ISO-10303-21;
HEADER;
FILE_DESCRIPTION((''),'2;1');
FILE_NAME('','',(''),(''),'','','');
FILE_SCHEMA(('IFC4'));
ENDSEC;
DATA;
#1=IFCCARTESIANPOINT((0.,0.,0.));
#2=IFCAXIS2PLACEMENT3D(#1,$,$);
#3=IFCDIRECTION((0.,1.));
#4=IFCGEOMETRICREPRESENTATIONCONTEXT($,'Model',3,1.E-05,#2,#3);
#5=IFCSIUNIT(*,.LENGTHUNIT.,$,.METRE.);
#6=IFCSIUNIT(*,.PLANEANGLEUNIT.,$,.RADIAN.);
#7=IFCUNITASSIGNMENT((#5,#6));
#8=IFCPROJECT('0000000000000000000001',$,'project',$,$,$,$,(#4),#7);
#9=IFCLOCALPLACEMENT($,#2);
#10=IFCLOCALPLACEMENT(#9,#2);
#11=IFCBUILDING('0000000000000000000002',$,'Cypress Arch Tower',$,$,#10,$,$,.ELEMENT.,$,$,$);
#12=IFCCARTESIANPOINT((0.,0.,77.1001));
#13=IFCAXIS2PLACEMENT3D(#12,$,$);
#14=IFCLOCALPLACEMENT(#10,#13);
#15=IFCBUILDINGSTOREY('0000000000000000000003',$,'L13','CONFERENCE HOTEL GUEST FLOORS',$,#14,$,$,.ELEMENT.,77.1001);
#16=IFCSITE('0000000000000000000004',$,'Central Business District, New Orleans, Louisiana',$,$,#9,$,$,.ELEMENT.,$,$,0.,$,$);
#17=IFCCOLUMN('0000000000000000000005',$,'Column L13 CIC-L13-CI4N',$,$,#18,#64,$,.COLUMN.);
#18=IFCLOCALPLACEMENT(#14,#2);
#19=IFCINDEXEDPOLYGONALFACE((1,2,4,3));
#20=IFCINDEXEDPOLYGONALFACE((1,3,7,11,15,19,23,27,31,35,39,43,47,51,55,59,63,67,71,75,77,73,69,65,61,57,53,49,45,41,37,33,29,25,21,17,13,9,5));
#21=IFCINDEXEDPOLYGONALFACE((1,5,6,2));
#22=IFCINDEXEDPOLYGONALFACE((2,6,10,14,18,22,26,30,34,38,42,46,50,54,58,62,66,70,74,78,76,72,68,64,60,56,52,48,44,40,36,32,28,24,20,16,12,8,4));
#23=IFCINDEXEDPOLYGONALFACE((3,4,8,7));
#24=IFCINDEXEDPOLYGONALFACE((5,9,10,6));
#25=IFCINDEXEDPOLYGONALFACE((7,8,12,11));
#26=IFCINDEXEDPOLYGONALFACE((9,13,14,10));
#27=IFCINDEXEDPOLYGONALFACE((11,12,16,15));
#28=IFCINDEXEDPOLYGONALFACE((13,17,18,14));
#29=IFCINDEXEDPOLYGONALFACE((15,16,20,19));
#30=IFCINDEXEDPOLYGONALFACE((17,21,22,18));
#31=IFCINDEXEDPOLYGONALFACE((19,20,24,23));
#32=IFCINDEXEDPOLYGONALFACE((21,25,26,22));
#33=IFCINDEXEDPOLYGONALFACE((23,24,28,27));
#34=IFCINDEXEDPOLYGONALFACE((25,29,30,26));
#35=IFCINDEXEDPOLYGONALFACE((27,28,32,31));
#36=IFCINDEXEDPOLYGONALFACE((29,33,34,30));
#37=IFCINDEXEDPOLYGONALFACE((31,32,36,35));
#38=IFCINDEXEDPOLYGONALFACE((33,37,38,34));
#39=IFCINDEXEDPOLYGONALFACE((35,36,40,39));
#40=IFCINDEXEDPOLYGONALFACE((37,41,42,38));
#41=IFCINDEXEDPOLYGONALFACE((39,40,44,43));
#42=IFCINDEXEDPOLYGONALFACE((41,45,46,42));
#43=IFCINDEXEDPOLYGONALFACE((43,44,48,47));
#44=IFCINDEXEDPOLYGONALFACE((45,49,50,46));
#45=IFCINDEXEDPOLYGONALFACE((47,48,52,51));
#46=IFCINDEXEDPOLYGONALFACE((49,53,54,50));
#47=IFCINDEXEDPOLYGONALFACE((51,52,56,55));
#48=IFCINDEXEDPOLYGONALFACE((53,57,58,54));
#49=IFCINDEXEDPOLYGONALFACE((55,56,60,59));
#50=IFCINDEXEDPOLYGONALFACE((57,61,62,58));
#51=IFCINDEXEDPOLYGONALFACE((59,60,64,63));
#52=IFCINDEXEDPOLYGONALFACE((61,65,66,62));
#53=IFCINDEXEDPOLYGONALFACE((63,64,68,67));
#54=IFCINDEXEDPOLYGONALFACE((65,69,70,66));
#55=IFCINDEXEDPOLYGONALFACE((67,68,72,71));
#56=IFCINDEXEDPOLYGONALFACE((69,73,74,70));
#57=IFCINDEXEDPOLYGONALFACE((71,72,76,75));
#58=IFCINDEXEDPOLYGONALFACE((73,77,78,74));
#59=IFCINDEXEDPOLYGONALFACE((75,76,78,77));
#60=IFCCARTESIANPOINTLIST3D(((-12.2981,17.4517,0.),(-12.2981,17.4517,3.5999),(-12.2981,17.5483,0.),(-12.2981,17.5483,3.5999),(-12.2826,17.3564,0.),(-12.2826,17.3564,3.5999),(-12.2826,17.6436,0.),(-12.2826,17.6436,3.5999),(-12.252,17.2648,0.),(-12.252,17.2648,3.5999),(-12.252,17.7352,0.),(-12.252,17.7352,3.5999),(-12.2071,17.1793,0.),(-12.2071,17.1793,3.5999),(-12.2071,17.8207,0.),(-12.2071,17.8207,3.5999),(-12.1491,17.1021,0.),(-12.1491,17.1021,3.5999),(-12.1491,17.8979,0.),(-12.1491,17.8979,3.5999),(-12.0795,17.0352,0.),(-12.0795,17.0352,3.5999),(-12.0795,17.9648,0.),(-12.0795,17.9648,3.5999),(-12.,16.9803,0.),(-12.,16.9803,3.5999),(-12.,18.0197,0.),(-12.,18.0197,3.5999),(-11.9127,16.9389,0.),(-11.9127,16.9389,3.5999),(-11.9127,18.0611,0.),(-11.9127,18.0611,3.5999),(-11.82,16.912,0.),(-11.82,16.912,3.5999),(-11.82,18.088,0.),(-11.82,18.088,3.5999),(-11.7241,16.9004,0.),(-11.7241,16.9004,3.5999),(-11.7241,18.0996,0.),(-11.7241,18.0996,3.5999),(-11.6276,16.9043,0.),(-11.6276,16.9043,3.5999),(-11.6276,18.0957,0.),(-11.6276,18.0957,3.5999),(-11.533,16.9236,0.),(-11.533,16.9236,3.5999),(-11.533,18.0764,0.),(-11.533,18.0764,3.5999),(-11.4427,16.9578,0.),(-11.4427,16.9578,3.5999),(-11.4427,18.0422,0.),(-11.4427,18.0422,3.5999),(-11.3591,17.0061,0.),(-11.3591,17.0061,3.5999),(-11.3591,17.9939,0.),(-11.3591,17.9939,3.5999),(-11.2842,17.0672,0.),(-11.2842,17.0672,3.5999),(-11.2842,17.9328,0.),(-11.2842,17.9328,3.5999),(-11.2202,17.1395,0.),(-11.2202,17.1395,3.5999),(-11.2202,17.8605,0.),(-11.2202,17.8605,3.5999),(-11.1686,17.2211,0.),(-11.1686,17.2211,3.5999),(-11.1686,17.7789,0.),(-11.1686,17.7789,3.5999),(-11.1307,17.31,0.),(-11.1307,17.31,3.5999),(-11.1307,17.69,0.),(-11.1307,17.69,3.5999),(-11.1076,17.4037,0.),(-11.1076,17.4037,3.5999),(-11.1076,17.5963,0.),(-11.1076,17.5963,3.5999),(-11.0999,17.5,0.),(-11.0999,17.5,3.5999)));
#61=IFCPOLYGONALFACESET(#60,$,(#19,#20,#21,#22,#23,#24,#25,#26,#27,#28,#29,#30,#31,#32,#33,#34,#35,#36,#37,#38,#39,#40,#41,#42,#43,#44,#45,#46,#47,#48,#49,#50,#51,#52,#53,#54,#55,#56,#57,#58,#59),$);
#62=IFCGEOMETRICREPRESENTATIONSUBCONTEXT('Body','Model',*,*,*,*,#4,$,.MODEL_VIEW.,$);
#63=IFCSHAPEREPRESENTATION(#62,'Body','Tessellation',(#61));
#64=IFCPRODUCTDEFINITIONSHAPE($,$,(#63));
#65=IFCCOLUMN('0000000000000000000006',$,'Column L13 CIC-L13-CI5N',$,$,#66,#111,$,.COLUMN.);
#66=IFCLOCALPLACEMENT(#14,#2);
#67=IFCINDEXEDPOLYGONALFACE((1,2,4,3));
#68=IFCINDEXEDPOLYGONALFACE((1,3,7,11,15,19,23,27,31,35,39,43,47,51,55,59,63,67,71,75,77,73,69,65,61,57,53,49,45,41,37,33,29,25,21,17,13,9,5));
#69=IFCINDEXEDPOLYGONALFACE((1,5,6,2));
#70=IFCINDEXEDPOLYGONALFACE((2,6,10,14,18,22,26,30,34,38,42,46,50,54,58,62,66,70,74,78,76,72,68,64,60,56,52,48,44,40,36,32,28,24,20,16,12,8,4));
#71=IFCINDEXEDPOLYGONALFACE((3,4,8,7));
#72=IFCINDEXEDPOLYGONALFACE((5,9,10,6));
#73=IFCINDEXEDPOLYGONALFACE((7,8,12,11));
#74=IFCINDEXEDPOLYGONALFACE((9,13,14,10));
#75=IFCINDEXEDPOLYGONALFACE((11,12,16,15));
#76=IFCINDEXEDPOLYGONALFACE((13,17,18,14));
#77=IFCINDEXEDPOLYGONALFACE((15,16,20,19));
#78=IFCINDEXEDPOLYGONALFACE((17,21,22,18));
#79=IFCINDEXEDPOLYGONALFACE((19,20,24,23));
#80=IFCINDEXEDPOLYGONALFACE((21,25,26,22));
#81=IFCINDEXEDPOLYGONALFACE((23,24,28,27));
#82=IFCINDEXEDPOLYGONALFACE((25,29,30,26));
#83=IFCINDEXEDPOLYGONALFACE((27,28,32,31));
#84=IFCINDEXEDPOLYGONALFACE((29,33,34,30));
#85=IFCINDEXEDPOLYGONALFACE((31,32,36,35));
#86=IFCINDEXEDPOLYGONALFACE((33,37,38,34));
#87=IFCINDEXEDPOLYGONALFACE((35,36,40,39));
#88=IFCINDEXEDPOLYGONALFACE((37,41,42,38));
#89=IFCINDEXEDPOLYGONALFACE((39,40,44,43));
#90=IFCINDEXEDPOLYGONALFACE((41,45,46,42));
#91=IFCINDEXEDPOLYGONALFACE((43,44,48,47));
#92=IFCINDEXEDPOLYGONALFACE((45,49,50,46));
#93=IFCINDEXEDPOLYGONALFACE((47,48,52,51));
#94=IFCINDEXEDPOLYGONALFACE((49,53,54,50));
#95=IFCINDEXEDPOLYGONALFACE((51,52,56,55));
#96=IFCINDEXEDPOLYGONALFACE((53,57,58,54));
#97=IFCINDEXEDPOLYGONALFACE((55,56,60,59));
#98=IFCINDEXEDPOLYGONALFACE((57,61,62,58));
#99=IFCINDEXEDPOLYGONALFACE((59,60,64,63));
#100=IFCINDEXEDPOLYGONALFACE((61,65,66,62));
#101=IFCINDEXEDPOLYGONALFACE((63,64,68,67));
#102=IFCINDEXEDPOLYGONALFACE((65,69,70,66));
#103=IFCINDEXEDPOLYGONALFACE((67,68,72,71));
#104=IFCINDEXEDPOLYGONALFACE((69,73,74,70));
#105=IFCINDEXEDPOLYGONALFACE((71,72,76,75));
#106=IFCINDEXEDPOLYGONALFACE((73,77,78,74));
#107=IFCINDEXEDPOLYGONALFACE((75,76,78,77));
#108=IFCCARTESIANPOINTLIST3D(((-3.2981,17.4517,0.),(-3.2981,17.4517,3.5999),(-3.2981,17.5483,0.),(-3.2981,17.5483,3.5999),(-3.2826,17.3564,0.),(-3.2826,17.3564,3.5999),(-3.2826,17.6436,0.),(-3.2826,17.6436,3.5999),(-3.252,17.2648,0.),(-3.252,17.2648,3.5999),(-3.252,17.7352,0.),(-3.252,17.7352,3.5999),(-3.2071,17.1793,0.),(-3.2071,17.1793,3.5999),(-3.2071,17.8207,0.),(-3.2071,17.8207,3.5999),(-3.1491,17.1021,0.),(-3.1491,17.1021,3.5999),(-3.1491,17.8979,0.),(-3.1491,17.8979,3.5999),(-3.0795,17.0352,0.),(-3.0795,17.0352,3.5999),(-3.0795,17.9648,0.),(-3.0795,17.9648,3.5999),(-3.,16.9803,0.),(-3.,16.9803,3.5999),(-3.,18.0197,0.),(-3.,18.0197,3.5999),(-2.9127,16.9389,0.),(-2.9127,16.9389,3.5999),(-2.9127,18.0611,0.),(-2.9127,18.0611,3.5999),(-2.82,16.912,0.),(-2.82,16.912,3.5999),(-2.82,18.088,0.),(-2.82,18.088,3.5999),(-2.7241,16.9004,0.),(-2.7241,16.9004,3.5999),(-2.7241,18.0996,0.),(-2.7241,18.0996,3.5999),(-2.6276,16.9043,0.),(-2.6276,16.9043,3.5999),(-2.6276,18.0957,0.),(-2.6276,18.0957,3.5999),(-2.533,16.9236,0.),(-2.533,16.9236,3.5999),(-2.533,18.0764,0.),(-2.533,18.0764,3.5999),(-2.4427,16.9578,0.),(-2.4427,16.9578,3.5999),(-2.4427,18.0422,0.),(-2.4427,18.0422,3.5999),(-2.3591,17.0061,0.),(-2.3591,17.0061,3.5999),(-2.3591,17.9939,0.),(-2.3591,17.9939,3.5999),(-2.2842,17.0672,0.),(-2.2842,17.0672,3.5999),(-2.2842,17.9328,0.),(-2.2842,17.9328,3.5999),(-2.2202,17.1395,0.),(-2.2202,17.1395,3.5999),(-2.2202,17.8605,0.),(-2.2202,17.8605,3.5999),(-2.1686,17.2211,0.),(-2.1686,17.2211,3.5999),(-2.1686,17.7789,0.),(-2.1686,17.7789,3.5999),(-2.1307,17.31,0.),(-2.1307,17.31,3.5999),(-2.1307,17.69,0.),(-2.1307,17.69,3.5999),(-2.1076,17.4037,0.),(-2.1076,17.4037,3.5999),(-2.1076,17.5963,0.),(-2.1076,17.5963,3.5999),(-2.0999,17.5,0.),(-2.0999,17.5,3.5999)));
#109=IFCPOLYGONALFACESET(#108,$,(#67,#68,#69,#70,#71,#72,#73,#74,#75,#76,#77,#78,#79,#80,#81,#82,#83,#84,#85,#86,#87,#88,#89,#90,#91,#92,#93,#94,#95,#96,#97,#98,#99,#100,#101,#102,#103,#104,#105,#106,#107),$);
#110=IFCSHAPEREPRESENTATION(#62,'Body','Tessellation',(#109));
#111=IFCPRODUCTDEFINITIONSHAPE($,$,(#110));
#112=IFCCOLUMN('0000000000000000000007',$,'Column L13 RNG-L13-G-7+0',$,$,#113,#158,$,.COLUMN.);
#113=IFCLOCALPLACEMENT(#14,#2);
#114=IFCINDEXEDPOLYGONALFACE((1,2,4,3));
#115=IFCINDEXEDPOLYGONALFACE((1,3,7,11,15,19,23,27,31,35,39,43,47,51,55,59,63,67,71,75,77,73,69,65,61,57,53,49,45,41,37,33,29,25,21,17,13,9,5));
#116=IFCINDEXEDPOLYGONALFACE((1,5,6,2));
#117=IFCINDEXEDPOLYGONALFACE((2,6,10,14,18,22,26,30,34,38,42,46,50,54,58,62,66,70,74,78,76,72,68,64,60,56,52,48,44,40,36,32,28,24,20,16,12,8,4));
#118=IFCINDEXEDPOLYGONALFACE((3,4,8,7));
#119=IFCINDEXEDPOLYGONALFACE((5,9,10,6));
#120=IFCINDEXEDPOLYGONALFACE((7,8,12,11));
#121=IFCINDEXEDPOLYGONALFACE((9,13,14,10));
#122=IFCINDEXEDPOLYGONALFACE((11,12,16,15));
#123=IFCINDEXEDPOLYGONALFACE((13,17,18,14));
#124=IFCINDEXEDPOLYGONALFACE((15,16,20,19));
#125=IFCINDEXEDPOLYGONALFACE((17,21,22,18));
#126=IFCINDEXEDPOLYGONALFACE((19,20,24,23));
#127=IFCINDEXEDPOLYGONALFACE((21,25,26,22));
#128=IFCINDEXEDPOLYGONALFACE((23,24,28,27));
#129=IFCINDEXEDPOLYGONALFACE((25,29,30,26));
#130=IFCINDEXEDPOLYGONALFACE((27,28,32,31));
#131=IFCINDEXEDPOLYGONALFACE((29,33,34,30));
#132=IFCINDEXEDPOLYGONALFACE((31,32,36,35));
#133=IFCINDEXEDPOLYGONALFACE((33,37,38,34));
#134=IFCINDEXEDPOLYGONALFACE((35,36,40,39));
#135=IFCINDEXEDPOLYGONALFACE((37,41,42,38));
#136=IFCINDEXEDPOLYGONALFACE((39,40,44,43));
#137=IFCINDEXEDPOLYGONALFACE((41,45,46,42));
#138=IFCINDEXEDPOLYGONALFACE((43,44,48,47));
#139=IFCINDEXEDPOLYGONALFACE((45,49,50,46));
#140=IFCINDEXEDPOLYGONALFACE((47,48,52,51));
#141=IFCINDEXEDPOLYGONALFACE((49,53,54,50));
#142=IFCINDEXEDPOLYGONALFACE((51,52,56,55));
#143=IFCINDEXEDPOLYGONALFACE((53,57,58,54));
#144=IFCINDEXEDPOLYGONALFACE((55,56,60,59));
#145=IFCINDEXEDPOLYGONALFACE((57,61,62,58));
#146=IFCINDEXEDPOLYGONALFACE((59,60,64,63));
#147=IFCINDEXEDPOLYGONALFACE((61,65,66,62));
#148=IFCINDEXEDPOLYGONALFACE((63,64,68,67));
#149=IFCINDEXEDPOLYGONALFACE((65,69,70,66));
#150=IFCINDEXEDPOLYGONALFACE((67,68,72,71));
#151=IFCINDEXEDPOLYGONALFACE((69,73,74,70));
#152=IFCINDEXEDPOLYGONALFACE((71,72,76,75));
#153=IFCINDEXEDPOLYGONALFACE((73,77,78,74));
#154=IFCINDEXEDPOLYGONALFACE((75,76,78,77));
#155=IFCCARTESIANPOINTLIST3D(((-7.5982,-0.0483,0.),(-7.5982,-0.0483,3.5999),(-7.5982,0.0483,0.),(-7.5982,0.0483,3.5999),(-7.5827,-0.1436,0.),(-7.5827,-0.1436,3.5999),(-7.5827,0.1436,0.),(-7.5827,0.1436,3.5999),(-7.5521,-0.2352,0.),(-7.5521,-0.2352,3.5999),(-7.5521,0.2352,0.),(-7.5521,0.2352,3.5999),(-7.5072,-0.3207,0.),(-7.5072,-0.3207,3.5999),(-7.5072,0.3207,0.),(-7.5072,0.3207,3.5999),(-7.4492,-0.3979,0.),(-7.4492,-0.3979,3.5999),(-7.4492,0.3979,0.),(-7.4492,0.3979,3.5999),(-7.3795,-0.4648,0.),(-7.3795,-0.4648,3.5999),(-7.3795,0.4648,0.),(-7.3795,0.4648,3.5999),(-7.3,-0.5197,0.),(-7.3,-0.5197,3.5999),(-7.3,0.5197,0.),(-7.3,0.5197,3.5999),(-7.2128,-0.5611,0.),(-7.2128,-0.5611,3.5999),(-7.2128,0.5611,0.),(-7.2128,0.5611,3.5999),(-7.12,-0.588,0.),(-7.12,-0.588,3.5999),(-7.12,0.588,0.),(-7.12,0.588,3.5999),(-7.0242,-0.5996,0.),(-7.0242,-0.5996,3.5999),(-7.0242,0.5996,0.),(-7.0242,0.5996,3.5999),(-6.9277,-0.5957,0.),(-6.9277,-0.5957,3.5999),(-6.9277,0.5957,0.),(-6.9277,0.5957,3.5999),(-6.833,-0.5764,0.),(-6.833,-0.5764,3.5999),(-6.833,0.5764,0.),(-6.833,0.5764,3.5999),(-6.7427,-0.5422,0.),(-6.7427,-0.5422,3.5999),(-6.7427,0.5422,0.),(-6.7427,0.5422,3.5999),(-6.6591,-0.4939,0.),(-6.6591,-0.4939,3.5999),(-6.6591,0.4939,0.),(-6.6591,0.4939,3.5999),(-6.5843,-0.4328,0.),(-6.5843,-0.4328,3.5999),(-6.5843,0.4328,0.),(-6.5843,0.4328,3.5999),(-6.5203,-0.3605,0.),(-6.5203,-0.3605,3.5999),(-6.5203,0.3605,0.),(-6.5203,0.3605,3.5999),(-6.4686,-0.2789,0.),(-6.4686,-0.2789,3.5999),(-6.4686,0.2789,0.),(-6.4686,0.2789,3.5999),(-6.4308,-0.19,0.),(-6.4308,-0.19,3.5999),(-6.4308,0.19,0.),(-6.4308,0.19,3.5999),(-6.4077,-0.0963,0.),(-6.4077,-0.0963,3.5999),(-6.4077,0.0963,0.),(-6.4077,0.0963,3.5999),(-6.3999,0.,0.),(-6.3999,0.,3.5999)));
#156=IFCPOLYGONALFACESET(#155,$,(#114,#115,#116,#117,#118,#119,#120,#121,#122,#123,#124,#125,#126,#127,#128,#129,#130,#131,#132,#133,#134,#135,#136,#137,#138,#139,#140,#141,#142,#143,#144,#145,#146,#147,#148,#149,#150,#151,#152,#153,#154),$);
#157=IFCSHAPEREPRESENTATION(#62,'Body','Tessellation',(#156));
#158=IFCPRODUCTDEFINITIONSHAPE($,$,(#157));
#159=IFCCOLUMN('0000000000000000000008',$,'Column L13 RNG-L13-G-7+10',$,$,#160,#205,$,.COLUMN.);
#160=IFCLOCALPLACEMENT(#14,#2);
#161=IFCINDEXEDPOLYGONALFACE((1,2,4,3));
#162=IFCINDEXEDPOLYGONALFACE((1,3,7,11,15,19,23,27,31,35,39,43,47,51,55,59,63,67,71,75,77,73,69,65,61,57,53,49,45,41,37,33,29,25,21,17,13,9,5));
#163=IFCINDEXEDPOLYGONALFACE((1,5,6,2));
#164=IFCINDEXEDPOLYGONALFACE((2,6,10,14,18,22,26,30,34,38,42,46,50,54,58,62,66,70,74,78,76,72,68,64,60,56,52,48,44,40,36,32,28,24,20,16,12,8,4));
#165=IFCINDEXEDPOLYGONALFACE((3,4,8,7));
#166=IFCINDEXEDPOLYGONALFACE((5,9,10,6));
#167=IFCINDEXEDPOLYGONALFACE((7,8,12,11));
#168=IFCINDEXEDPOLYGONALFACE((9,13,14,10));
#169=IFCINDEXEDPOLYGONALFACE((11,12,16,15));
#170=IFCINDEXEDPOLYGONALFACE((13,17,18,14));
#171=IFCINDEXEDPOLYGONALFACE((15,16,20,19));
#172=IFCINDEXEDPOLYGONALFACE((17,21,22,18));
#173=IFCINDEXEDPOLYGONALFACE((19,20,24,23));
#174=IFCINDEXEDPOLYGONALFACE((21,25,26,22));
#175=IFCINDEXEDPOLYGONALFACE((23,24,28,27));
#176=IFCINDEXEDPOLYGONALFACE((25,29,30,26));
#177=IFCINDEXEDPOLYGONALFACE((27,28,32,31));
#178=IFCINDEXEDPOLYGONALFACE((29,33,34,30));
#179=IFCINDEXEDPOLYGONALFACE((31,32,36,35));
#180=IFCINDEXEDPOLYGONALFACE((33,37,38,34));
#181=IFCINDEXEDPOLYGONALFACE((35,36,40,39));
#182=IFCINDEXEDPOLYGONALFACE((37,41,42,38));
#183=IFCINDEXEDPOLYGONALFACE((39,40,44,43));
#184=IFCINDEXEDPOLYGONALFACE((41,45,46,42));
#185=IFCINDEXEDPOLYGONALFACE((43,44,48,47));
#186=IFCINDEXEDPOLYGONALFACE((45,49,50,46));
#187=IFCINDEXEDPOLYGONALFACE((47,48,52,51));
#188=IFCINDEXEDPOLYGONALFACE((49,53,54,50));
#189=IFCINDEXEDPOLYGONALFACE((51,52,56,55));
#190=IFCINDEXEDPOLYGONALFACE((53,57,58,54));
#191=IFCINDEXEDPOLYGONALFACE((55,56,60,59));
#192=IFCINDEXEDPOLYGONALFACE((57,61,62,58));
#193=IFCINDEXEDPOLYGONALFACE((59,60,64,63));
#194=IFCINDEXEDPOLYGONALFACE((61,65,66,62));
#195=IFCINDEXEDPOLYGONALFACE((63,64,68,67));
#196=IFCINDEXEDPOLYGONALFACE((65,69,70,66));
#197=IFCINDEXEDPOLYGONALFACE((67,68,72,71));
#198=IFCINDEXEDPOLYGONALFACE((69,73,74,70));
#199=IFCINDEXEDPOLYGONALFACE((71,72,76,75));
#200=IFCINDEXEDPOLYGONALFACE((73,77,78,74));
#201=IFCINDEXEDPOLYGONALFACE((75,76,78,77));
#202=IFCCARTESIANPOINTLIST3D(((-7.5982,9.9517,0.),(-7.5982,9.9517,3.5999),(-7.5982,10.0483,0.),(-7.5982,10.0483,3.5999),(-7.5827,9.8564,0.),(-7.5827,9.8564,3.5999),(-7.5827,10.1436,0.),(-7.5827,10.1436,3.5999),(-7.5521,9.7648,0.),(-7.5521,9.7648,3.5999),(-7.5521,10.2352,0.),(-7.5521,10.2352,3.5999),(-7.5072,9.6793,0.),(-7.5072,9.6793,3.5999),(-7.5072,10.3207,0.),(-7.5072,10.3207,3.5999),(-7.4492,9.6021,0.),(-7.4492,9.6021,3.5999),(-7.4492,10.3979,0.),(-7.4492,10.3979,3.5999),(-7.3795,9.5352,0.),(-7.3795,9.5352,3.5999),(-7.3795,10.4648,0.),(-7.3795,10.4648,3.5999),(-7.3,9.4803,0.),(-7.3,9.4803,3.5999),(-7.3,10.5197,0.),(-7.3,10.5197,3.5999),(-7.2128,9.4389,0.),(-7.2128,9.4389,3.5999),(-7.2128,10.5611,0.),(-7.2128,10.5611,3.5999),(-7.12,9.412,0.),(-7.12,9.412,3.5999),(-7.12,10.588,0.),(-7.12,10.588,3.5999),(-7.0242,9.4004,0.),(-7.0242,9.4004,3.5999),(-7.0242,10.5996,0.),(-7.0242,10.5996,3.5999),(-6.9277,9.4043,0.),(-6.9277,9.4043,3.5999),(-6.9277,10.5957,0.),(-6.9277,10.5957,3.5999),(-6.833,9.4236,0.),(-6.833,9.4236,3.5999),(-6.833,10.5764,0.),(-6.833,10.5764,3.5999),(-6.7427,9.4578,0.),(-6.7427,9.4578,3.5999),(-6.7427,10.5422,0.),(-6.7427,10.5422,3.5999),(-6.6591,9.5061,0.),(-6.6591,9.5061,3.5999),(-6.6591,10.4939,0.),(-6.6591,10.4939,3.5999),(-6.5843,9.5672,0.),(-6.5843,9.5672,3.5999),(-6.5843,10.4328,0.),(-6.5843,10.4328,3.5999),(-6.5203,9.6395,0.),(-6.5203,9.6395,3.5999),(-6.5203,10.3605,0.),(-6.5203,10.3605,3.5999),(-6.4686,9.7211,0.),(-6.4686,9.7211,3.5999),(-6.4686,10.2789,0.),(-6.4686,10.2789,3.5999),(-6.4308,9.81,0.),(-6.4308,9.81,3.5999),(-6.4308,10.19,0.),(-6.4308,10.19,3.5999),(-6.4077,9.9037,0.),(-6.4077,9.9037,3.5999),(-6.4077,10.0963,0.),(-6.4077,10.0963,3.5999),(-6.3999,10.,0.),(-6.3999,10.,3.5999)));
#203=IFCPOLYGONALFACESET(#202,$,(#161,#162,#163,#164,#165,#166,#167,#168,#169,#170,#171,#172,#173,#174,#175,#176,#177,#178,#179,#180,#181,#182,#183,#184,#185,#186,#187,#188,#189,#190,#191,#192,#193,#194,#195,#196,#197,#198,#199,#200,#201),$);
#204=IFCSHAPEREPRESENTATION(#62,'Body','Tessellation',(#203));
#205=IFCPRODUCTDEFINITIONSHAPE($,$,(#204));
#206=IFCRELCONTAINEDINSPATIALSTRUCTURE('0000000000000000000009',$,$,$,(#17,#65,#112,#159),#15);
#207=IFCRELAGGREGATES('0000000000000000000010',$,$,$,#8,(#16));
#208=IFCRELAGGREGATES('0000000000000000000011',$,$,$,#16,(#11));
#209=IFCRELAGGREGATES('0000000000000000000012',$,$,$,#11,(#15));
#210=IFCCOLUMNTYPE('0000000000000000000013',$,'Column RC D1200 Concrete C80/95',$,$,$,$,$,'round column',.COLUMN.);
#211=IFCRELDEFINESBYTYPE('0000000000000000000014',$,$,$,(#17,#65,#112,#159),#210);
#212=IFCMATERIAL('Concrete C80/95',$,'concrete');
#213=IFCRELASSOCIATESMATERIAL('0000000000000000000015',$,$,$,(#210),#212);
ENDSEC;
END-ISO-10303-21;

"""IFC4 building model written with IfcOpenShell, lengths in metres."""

from ifc_helpers import new_model, si_unit, direction, frame, origin, origin_2d, place, context, subcontext, project, spatial, circle, extrude, material, material_profile, profile_set, type_object, element, save


model = new_model("IFC4")

# Units and contexts
model_context = context("Model", 3, precision=1e-05, world=origin(), true_north=direction((0.0, 1.0)))
body_context = subcontext(model_context, "Body", "Model", "MODEL_VIEW")
ifc_project = project(units=[si_unit("LENGTHUNIT", "METRE"), si_unit("PLANEANGLEUNIT", "RADIAN")], contexts=[model_context])

# Site, building, storey
site_placement = place(None, origin())
site = spatial("IfcSite", under=ifc_project, at=site_placement, Name="Central Business District, New Orleans, Louisiana", CompositionType="ELEMENT", RefElevation=0.0)
building_placement = place(site_placement, origin())
building = spatial("IfcBuilding", under=site, at=building_placement, Name="Cypress Arch Tower", CompositionType="ELEMENT")
storey_placement = place(building_placement, frame((0.0, 0.0, 77.1001)))
storey = spatial("IfcBuildingStorey", under=building, at=storey_placement, Name="L13", Description="CONFERENCE HOTEL GUEST FLOORS", CompositionType="ELEMENT", Elevation=77.1001)

# Columns
ifc_material_1 = material(Name="Concrete C80/95", Category="concrete")
ifc_material_profile_1 = material_profile(ifc_material_1, circle(Radius=0.6001, at=origin_2d()), Name="RC D1200")
ifc_profile_set_1 = profile_set([ifc_material_profile_1], Name="Concrete C80/95")
column_type = type_object("IfcColumnType", Name="Column RC D1200 Concrete C80/95", ElementType="round column", PredefinedType="COLUMN", material=ifc_profile_set_1)
for number, where, z_axis, x_axis, name in (
    (1, (-11.7, 17.5, 0.0), (0.0, 0.0, 1.0), (1.0, 0.0, 0.0), "Column L13 CIC-L13-CI4N"),
    (2, (-2.7, 17.5, 0.0), (0.0, 0.0, 1.0), (1.0, 0.0, 0.0), "Column L13 CIC-L13-CI5N"),
    (3, (-7.0, 0.0, 0.0), (0.0, 0.0, 1.0), (1.0, 0.0, 0.0), "Column L13 RNG-L13-G-7+0"),
    (4, (-7.0, 10.0, 0.0), (0.0, 0.0, 1.0), (1.0, 0.0, 0.0), "Column L13 RNG-L13-G-7+10"),
):
    element("IfcColumn", number, at=place(storey_placement, frame(where, z_axis=z_axis, x_axis=x_axis)), inside=storey, type_object=column_type, Name=name, PredefinedType="COLUMN", context=body_context, shape_type="SweptSolid", body=[
        extrude(circle(Radius=0.6001, at=origin_2d()), origin(), (0.0, 0.0, 1.0), 3.5999),
    ])

save(model, "model.ifc")
